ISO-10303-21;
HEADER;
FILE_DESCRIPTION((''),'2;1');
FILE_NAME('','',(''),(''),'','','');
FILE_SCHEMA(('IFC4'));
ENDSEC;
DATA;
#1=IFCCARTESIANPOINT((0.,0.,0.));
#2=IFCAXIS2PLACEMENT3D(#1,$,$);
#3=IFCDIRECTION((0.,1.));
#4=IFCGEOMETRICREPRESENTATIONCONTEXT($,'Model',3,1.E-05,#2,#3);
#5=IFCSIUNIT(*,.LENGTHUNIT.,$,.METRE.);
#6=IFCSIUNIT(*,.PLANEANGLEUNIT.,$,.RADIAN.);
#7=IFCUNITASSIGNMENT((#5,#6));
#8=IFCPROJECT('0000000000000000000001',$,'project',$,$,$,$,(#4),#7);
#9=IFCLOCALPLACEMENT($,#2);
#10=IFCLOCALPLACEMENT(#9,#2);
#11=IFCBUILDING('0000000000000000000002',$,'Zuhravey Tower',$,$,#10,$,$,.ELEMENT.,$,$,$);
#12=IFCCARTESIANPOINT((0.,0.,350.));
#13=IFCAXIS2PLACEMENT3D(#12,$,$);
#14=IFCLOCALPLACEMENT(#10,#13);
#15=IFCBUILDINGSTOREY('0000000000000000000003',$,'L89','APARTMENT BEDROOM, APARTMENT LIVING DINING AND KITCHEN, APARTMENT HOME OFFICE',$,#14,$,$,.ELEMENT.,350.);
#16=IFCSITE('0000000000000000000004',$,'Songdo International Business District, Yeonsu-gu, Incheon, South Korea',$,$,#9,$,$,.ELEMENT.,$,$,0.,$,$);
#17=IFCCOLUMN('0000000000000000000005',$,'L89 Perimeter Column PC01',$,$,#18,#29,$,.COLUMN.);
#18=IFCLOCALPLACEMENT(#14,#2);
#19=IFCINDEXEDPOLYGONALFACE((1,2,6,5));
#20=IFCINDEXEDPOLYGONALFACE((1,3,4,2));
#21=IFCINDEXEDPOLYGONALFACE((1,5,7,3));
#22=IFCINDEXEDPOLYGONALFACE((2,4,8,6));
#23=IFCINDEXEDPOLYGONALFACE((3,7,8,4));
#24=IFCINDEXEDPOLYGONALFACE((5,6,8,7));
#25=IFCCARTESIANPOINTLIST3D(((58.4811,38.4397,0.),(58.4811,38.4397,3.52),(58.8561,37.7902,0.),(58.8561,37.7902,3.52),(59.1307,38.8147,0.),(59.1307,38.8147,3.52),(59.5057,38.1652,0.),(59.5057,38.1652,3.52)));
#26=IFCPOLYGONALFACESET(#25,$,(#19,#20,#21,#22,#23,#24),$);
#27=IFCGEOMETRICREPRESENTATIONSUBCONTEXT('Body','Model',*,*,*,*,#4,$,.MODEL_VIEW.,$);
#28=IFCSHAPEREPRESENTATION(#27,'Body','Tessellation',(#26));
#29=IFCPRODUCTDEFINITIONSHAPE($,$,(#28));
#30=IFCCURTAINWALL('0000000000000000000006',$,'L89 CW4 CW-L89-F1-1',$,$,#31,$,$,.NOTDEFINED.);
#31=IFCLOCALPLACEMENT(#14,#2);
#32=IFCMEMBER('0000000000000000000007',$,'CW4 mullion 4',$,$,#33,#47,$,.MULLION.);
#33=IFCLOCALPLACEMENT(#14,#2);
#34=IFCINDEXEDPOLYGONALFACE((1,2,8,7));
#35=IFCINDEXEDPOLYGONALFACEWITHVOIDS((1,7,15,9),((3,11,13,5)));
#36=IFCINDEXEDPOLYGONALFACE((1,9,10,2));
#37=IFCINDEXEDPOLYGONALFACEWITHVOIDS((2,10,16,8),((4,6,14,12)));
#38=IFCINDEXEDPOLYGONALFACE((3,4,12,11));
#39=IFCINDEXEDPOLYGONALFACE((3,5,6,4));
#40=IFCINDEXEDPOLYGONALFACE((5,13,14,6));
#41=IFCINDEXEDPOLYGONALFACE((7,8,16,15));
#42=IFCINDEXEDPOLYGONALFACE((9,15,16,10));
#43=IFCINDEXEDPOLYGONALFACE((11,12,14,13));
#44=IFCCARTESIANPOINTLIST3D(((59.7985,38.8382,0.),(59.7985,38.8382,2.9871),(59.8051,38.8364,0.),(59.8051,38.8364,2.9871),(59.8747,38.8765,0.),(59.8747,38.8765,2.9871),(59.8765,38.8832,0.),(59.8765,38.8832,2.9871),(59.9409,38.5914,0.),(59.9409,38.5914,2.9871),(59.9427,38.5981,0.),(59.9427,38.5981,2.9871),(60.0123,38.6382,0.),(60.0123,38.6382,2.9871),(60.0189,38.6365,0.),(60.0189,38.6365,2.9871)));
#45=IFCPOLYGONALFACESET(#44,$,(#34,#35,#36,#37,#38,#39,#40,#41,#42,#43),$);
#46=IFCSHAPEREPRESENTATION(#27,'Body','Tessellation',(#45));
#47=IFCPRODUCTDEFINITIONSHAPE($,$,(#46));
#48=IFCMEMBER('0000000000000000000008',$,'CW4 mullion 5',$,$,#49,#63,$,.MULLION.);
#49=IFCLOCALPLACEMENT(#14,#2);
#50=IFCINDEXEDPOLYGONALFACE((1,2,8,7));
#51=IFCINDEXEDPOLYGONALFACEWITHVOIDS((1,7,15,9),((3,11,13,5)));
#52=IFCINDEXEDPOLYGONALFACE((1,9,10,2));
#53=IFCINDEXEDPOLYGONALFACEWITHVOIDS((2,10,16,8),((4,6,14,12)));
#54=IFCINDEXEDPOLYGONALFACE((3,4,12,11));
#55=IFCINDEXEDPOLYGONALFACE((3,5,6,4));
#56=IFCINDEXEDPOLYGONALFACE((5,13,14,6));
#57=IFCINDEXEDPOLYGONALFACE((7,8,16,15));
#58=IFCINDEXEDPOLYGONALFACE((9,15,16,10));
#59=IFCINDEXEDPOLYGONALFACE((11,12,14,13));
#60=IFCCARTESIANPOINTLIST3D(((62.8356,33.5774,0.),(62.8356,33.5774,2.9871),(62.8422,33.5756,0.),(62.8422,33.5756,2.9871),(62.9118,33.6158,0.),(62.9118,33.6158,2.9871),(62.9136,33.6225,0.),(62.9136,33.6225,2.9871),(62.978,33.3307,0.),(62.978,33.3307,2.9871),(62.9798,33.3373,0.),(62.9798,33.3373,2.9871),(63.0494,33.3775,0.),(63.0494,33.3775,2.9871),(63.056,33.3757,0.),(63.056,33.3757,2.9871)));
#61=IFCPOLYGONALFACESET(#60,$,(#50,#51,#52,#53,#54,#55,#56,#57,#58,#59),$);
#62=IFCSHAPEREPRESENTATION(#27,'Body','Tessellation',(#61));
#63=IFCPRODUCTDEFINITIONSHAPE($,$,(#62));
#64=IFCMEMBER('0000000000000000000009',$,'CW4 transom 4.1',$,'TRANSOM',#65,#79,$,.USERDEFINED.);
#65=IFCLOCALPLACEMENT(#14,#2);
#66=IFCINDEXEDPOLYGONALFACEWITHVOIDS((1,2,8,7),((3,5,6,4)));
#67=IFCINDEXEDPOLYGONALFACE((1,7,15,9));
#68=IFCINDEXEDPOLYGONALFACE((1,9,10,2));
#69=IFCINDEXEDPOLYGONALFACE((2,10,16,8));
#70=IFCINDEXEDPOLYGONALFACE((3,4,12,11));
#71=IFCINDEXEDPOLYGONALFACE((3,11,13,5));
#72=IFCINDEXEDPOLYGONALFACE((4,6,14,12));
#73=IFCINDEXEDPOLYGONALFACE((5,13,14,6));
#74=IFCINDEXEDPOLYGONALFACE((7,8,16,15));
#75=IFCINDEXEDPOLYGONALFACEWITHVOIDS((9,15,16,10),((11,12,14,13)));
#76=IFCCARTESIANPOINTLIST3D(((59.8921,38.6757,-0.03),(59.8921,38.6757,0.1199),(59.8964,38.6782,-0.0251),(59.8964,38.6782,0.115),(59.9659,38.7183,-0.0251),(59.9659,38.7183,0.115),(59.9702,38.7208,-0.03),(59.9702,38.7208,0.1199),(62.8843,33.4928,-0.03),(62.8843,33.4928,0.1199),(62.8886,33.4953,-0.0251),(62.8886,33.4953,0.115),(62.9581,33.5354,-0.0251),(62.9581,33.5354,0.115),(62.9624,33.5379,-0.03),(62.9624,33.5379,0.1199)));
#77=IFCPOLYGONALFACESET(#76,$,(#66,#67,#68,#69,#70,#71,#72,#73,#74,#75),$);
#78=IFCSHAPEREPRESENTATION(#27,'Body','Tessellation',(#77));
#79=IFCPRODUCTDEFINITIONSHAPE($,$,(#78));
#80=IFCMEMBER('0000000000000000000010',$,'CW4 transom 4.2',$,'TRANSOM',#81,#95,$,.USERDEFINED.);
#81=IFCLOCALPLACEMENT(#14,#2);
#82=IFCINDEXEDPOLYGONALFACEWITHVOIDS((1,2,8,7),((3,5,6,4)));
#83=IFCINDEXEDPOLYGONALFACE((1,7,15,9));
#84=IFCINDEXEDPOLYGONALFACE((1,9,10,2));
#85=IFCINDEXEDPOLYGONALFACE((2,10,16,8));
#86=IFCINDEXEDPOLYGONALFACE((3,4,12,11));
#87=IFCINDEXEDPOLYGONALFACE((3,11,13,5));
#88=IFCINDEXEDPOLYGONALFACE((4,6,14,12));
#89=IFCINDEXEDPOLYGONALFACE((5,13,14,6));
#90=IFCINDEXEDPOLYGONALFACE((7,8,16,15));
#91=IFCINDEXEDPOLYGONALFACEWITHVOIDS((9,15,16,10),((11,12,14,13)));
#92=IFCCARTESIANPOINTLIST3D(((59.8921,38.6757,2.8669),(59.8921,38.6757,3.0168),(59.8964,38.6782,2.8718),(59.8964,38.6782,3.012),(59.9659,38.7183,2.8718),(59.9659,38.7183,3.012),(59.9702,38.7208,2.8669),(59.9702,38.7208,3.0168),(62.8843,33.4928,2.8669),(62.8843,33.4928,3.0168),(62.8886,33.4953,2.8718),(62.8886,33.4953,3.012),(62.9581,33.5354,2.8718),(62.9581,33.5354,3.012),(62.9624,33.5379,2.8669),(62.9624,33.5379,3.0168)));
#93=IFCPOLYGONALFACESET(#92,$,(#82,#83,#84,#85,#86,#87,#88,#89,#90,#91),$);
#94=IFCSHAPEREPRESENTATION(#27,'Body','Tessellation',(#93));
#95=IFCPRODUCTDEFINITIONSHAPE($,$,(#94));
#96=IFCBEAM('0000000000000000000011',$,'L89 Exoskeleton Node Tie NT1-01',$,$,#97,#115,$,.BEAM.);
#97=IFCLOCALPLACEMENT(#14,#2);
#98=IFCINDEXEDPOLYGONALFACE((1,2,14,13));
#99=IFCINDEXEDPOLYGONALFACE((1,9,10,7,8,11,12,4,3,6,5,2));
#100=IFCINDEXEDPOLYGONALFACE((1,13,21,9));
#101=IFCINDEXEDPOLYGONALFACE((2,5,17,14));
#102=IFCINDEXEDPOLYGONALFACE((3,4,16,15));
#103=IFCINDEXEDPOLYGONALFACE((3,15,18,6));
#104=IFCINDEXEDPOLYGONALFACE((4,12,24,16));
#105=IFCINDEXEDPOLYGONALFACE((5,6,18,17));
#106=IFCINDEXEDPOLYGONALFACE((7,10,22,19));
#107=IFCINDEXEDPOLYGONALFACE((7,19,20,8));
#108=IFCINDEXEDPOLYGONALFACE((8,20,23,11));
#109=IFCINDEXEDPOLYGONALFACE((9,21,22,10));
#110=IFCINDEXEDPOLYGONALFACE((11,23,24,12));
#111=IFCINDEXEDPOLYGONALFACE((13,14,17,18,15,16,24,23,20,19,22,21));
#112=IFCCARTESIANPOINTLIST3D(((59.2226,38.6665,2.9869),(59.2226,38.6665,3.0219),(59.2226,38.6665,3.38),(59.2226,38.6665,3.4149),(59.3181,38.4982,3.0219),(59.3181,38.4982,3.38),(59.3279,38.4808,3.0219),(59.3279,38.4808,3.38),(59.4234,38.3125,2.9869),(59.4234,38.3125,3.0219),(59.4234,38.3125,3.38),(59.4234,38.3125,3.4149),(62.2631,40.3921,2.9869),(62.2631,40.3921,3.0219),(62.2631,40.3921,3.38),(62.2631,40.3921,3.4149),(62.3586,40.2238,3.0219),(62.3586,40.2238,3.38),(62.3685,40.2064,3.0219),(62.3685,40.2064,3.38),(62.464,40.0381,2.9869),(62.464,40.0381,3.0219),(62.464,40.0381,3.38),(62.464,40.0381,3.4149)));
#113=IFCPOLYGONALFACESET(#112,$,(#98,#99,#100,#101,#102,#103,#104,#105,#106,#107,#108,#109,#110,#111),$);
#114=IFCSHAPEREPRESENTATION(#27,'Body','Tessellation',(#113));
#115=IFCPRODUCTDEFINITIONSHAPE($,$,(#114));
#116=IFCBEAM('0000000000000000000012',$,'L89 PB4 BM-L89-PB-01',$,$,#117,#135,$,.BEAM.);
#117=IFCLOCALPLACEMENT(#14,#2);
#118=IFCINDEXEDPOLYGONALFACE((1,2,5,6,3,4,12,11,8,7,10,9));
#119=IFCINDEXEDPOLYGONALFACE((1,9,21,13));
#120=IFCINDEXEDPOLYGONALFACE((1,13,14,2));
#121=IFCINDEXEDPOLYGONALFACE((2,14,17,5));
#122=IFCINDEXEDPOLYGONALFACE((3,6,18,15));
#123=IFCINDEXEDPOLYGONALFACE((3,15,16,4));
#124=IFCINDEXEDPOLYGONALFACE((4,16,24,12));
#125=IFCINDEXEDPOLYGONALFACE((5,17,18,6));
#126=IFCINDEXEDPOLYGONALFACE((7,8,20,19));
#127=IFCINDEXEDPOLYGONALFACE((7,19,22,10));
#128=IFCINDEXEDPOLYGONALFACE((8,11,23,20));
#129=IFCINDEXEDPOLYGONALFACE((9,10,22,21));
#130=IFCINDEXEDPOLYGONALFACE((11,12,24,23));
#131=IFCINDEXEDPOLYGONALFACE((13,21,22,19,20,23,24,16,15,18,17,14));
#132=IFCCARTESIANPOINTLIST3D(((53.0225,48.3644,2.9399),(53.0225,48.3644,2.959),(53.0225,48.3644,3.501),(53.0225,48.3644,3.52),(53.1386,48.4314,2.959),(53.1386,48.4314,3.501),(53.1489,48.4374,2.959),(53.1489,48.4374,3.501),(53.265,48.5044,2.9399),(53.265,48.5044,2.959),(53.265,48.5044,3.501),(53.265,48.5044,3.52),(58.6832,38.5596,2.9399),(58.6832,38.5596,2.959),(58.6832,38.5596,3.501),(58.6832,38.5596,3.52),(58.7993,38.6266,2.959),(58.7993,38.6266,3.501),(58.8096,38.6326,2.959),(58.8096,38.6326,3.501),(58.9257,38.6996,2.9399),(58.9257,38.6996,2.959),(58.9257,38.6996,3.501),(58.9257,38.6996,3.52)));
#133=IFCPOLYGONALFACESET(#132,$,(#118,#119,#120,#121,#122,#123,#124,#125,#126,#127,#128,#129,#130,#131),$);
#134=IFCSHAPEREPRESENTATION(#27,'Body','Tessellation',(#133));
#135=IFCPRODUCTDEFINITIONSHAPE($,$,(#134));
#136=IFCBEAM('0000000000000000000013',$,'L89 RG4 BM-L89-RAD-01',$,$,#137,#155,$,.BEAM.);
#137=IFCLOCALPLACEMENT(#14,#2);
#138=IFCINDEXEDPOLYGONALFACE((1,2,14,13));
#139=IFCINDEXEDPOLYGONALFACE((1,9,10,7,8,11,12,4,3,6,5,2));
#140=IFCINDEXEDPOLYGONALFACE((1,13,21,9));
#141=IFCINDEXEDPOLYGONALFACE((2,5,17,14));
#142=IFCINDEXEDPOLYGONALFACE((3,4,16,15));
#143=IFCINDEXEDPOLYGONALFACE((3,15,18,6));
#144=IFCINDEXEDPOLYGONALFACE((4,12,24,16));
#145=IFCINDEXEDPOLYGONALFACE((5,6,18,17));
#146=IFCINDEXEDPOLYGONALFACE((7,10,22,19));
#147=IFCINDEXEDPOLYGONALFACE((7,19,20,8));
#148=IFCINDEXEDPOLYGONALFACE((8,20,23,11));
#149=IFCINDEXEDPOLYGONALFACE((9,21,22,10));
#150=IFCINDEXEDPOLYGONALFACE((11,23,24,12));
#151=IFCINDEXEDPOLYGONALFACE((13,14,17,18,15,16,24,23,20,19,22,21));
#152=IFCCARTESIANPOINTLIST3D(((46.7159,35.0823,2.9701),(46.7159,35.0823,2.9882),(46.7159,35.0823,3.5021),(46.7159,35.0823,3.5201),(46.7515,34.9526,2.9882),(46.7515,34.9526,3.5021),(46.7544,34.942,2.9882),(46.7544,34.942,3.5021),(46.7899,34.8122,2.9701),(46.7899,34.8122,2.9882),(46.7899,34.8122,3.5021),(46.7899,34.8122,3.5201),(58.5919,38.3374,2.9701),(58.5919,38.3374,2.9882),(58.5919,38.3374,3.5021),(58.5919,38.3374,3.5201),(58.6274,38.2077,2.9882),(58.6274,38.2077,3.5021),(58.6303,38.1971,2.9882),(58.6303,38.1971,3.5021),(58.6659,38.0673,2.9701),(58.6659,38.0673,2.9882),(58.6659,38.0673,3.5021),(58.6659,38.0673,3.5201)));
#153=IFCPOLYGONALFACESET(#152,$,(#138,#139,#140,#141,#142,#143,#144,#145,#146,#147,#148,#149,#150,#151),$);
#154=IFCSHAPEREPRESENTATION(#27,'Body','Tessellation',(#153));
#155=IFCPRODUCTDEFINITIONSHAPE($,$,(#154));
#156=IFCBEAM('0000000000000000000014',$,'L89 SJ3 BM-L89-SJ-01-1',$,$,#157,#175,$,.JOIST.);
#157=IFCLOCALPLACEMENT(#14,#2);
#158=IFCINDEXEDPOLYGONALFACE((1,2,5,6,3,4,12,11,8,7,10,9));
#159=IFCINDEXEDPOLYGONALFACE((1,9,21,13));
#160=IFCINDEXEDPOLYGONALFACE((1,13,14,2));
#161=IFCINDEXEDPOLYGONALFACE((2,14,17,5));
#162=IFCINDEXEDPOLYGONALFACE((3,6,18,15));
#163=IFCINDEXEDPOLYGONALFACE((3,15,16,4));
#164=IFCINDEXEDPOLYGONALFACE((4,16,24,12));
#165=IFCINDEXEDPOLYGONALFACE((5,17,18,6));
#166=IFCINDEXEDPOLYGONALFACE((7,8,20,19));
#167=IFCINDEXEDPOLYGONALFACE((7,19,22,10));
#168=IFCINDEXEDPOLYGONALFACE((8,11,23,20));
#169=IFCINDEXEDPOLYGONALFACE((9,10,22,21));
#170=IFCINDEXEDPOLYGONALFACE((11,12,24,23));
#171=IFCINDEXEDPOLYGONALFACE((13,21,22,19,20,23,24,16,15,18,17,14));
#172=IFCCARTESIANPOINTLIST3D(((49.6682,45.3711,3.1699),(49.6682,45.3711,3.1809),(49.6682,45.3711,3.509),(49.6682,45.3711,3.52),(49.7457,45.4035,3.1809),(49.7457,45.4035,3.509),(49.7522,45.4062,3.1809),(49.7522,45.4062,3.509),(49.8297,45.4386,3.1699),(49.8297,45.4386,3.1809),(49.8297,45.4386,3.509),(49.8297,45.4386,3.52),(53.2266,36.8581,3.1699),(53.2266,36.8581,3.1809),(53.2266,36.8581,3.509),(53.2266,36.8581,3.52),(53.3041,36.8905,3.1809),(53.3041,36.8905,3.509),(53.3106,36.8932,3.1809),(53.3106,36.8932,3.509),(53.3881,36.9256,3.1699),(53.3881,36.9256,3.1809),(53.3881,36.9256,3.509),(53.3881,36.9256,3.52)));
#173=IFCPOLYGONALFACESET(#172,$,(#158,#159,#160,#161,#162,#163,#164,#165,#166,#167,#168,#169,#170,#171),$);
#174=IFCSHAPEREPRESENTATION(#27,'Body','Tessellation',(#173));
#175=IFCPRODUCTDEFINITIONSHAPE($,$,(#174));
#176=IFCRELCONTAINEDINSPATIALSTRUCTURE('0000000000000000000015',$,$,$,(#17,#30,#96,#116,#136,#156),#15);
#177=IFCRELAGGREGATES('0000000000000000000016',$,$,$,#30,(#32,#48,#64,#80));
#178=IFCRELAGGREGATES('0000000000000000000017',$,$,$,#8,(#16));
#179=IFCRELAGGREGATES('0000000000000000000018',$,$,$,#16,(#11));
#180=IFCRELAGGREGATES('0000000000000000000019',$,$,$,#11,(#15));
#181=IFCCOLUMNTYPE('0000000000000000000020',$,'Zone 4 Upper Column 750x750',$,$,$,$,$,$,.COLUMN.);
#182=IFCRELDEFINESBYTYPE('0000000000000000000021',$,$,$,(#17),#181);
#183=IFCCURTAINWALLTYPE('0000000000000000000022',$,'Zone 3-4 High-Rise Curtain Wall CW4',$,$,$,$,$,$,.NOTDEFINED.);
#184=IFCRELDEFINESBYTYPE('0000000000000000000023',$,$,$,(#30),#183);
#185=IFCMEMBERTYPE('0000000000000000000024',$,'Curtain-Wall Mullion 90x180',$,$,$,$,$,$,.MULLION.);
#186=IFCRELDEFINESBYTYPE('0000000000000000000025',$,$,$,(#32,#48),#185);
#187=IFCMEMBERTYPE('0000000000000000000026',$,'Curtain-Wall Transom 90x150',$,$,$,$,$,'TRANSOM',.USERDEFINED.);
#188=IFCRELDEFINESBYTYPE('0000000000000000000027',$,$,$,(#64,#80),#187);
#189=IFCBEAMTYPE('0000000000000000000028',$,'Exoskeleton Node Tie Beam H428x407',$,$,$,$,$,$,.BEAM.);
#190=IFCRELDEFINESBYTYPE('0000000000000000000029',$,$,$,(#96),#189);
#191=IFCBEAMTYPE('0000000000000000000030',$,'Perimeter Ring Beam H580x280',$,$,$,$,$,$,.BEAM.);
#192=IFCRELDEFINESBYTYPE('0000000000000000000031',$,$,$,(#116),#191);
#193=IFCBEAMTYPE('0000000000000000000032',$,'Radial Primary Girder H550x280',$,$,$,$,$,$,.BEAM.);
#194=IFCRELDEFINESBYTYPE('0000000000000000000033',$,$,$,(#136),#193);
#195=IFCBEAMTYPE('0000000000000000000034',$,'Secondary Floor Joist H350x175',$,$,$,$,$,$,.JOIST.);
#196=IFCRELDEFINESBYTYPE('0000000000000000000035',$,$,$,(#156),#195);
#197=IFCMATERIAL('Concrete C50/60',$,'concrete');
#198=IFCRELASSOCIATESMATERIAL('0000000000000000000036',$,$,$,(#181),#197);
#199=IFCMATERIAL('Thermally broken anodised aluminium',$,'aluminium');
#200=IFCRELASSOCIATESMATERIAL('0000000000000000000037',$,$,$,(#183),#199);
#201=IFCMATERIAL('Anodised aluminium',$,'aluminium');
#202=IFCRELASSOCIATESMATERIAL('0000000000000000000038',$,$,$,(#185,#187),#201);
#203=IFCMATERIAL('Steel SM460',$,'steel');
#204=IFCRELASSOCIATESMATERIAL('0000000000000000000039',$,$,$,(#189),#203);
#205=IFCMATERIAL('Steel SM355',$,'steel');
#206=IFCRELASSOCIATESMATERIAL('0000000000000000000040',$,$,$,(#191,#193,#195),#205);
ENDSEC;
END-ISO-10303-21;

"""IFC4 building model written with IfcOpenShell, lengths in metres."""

from ifc_helpers import new_model, si_unit, direction, frame, origin, origin_2d, place, context, subcontext, project, spatial, rectangle, hollow_rectangle, i_section, extrude, material, material_profile, profile_set, type_object, element, aggregate, save


model = new_model("IFC4")

# Units and contexts
model_context = context("Model", 3, precision=1e-05, world=origin(), true_north=direction((0.0, 1.0)))
body_context = subcontext(model_context, "Body", "Model", "MODEL_VIEW")
ifc_project = project(units=[si_unit("LENGTHUNIT", "METRE"), si_unit("PLANEANGLEUNIT", "RADIAN")], contexts=[model_context])

# Site, building, storey
site_placement = place(None, origin())
site = spatial("IfcSite", under=ifc_project, at=site_placement, Name="Songdo International Business District, Yeonsu-gu, Incheon, South Korea", CompositionType="ELEMENT", RefElevation=0.0)
building_placement = place(site_placement, origin())
building = spatial("IfcBuilding", under=site, at=building_placement, Name="Zuhravey Tower", CompositionType="ELEMENT")
storey_placement = place(building_placement, frame((0.0, 0.0, 350.0)))
storey = spatial("IfcBuildingStorey", under=building, at=storey_placement, Name="L89", Description="APARTMENT BEDROOM, APARTMENT LIVING DINING AND KITCHEN, APARTMENT HOME OFFICE", CompositionType="ELEMENT", Elevation=350.0)

# Column
ifc_material_1 = material(Name="Concrete C50/60", Category="concrete")
ifc_material_profile_1 = material_profile(ifc_material_1, rectangle(XDim=0.75, YDim=0.75, at=origin_2d()), Name="RC-750x750")
ifc_profile_set_1 = profile_set([ifc_material_profile_1], Name="Concrete C50/60")
column_type = type_object("IfcColumnType", Name="Zone 4 Upper Column 750x750", PredefinedType="COLUMN", material=ifc_profile_set_1)
column_placement = place(storey_placement, frame((58.9934, 38.3025, 0.0), z_axis=(0.0, 0.0, 1.0), x_axis=(-0.5, 0.866025, 0.0)))
element("IfcColumn", 1, at=column_placement, inside=storey, type_object=column_type, Name="L89 Perimeter Column PC01", PredefinedType="COLUMN", context=body_context, shape_type="SweptSolid", body=[
    extrude(rectangle(XDim=0.75, YDim=0.75, at=origin_2d()), origin(), (0.0, 0.0, 1.0), 3.52),
])

# Curtain wall, members
ifc_material_2 = material(Name="Thermally broken anodised aluminium", Category="aluminium")
curtain_wall_type = type_object("IfcCurtainWallType", Name="Zone 3-4 High-Rise Curtain Wall CW4", PredefinedType="NOTDEFINED", material=ifc_material_2)
curtain_wall_placement = place(storey_placement, origin())
curtain_wall = element("IfcCurtainWall", 2, at=curtain_wall_placement, inside=storey, type_object=curtain_wall_type, Name="L89 CW4 CW-L89-F1-1", PredefinedType="NOTDEFINED")
ifc_material_3 = material(Name="Anodised aluminium", Category="aluminium")
ifc_material_profile_2 = material_profile(ifc_material_3, hollow_rectangle(XDim=0.0901, YDim=0.2849, WallThickness=0.0049, at=origin_2d()), Name="ALU-RHS-90x285x5")
ifc_profile_set_2 = profile_set([ifc_material_profile_2], Name="Anodised aluminium")
member_type_1 = type_object("IfcMemberType", Name="Curtain-Wall Mullion 90x180", PredefinedType="MULLION", material=ifc_profile_set_2)
member_1_placement = place(storey_placement, frame((59.9087, 38.7373, 0.0), z_axis=(0.0, 0.0, 1.0), x_axis=(0.866026, 0.5, 0.0)))
member_1 = element("IfcMember", 3, at=member_1_placement, type_object=member_type_1, Name="CW4 mullion 4", PredefinedType="MULLION", context=body_context, shape_type="SweptSolid", body=[
    extrude(hollow_rectangle(XDim=0.0901, YDim=0.2849, WallThickness=0.0049, at=origin_2d()), origin(), (0.0, 0.0, 1.0), 2.9871),
])
member_2_placement = place(storey_placement, frame((62.9458, 33.4766, 0.0), z_axis=(0.0, 0.0, 1.0), x_axis=(0.866026, 0.5, 0.0)))
member_2 = element("IfcMember", 4, at=member_2_placement, type_object=member_type_1, Name="CW4 mullion 5", PredefinedType="MULLION", context=body_context, shape_type="SweptSolid", body=[
    extrude(hollow_rectangle(XDim=0.0901, YDim=0.2849, WallThickness=0.0049, at=origin_2d()), origin(), (0.0, 0.0, 1.0), 2.9871),
])
ifc_material_profile_3 = material_profile(ifc_material_3, hollow_rectangle(XDim=0.0901, YDim=0.1499, WallThickness=0.0049, at=origin_2d()), Name="ALU-RHS-90x150x5")
ifc_profile_set_3 = profile_set([ifc_material_profile_3], Name="Anodised aluminium")
member_type_2 = type_object("IfcMemberType", Name="Curtain-Wall Transom 90x150", ElementType="TRANSOM", PredefinedType="USERDEFINED", material=ifc_profile_set_3)
member_3_placement = place(storey_placement, frame((59.9312, 38.6982, 0.0449), z_axis=(0.499983, -0.866035, 0.0), x_axis=(0.866035, 0.499983, 0.0)))
member_3 = element("IfcMember", 5, at=member_3_placement, type_object=member_type_2, Name="CW4 transom 4.1", ObjectType="TRANSOM", PredefinedType="USERDEFINED", context=body_context, shape_type="SweptSolid", body=[
    extrude(hollow_rectangle(XDim=0.0901, YDim=0.1499, WallThickness=0.0049, at=origin_2d()), origin(), (0.0, 0.0, 1.0), 5.9846),
])
member_4_placement = place(storey_placement, frame((59.9312, 38.6982, 2.9419), z_axis=(0.499983, -0.866035, 0.0), x_axis=(0.866035, 0.499983, 0.0)))
member_4 = element("IfcMember", 6, at=member_4_placement, type_object=member_type_2, Name="CW4 transom 4.2", ObjectType="TRANSOM", PredefinedType="USERDEFINED", context=body_context, shape_type="SweptSolid", body=[
    extrude(hollow_rectangle(XDim=0.0901, YDim=0.1499, WallThickness=0.0049, at=origin_2d()), origin(), (0.0, 0.0, 1.0), 5.9846),
])

# Beams
ifc_material_4 = material(Name="Steel SM460", Category="steel")
ifc_material_profile_4 = material_profile(ifc_material_4, i_section(OverallWidth=0.407, OverallDepth=0.428, WebThickness=0.02, FlangeThickness=0.0349, at=origin_2d()), Name="H-428x407x20x35")
ifc_profile_set_4 = profile_set([ifc_material_profile_4], Name="Steel SM460")
beam_type_1 = type_object("IfcBeamType", Name="Exoskeleton Node Tie Beam H428x407", PredefinedType="BEAM", material=ifc_profile_set_4)
beam_1_placement = place(storey_placement, frame((59.323, 38.4895, 3.2009), z_axis=(0.8697, 0.49358, 0.0), x_axis=(-0.49358, 0.8697, 0.0)))
element("IfcBeam", 7, at=beam_1_placement, inside=storey, type_object=beam_type_1, Name="L89 Exoskeleton Node Tie NT1-01", PredefinedType="BEAM", context=body_context, shape_type="SweptSolid", body=[
    extrude(i_section(OverallWidth=0.407, OverallDepth=0.428, WebThickness=0.02, FlangeThickness=0.0349, at=origin_2d()), origin(), (0.0, 0.0, 1.0), 3.4961),
])
ifc_material_5 = material(Name="Steel SM355", Category="steel")
ifc_material_profile_5 = material_profile(ifc_material_5, i_section(OverallWidth=0.28, OverallDepth=0.5801, WebThickness=0.012, FlangeThickness=0.019, at=origin_2d()), Name="H-580x280x12x19")
ifc_profile_set_5 = profile_set([ifc_material_profile_5], Name="Steel SM355")
beam_type_2 = type_object("IfcBeamType", Name="Perimeter Ring Beam H580x280", PredefinedType="BEAM", material=ifc_profile_set_5)
beam_2_placement = place(storey_placement, frame((58.8044, 38.6296, 3.23), z_axis=(-0.499994, 0.866029, 0.0), x_axis=(-0.866029, -0.499994, 0.0)))
element("IfcBeam", 8, at=beam_2_placement, inside=storey, type_object=beam_type_2, Name="L89 PB4 BM-L89-PB-01", PredefinedType="BEAM", context=body_context, shape_type="SweptSolid", body=[
    extrude(i_section(OverallWidth=0.28, OverallDepth=0.5801, WebThickness=0.012, FlangeThickness=0.019, at=origin_2d()), origin(), (0.0, 0.0, 1.0), 11.3215),
])
ifc_material_profile_6 = material_profile(ifc_material_5, i_section(OverallWidth=0.28, OverallDepth=0.55, WebThickness=0.011, FlangeThickness=0.0181, at=origin_2d()), Name="H-550x280x11x18")
ifc_profile_set_6 = profile_set([ifc_material_profile_6], Name="Steel SM355")
beam_type_3 = type_object("IfcBeamType", Name="Radial Primary Girder H550x280", PredefinedType="BEAM", material=ifc_profile_set_6)
beam_3_placement = place(storey_placement, frame((46.7529, 34.9473, 3.2451), z_axis=(0.964429, 0.264344, 0.0), x_axis=(-0.264344, 0.964429, 0.0)))
element("IfcBeam", 9, at=beam_3_placement, inside=storey, type_object=beam_type_3, Name="L89 RG4 BM-L89-RAD-01", PredefinedType="BEAM", context=body_context, shape_type="SweptSolid", body=[
    extrude(i_section(OverallWidth=0.28, OverallDepth=0.55, WebThickness=0.011, FlangeThickness=0.0181, at=origin_2d()), origin(), (0.0, 0.0, 1.0), 12.314),
])
ifc_material_profile_7 = material_profile(ifc_material_5, i_section(OverallWidth=0.175, OverallDepth=0.3501, WebThickness=0.0071, FlangeThickness=0.011, at=origin_2d()), Name="H-350x175x7x11")
ifc_profile_set_7 = profile_set([ifc_material_profile_7], Name="Steel SM355")
beam_type_4 = type_object("IfcBeamType", Name="Secondary Floor Joist H350x175", PredefinedType="JOIST", material=ifc_profile_set_7)
beam_4_placement = place(storey_placement, frame((53.3074, 36.8918, 3.345), z_axis=(-0.385658, 0.922642, 0.0), x_axis=(-0.922642, -0.385658, 0.0)))
element("IfcBeam", 10, at=beam_4_placement, inside=storey, type_object=beam_type_4, Name="L89 SJ3 BM-L89-SJ-01-1", PredefinedType="JOIST", context=body_context, shape_type="SweptSolid", body=[
    extrude(i_section(OverallWidth=0.175, OverallDepth=0.3501, WebThickness=0.0071, FlangeThickness=0.011, at=origin_2d()), origin(), (0.0, 0.0, 1.0), 9.2268),
])

aggregate(curtain_wall, [member_1, member_2, member_3, member_4])

save(model, "model.ifc")
